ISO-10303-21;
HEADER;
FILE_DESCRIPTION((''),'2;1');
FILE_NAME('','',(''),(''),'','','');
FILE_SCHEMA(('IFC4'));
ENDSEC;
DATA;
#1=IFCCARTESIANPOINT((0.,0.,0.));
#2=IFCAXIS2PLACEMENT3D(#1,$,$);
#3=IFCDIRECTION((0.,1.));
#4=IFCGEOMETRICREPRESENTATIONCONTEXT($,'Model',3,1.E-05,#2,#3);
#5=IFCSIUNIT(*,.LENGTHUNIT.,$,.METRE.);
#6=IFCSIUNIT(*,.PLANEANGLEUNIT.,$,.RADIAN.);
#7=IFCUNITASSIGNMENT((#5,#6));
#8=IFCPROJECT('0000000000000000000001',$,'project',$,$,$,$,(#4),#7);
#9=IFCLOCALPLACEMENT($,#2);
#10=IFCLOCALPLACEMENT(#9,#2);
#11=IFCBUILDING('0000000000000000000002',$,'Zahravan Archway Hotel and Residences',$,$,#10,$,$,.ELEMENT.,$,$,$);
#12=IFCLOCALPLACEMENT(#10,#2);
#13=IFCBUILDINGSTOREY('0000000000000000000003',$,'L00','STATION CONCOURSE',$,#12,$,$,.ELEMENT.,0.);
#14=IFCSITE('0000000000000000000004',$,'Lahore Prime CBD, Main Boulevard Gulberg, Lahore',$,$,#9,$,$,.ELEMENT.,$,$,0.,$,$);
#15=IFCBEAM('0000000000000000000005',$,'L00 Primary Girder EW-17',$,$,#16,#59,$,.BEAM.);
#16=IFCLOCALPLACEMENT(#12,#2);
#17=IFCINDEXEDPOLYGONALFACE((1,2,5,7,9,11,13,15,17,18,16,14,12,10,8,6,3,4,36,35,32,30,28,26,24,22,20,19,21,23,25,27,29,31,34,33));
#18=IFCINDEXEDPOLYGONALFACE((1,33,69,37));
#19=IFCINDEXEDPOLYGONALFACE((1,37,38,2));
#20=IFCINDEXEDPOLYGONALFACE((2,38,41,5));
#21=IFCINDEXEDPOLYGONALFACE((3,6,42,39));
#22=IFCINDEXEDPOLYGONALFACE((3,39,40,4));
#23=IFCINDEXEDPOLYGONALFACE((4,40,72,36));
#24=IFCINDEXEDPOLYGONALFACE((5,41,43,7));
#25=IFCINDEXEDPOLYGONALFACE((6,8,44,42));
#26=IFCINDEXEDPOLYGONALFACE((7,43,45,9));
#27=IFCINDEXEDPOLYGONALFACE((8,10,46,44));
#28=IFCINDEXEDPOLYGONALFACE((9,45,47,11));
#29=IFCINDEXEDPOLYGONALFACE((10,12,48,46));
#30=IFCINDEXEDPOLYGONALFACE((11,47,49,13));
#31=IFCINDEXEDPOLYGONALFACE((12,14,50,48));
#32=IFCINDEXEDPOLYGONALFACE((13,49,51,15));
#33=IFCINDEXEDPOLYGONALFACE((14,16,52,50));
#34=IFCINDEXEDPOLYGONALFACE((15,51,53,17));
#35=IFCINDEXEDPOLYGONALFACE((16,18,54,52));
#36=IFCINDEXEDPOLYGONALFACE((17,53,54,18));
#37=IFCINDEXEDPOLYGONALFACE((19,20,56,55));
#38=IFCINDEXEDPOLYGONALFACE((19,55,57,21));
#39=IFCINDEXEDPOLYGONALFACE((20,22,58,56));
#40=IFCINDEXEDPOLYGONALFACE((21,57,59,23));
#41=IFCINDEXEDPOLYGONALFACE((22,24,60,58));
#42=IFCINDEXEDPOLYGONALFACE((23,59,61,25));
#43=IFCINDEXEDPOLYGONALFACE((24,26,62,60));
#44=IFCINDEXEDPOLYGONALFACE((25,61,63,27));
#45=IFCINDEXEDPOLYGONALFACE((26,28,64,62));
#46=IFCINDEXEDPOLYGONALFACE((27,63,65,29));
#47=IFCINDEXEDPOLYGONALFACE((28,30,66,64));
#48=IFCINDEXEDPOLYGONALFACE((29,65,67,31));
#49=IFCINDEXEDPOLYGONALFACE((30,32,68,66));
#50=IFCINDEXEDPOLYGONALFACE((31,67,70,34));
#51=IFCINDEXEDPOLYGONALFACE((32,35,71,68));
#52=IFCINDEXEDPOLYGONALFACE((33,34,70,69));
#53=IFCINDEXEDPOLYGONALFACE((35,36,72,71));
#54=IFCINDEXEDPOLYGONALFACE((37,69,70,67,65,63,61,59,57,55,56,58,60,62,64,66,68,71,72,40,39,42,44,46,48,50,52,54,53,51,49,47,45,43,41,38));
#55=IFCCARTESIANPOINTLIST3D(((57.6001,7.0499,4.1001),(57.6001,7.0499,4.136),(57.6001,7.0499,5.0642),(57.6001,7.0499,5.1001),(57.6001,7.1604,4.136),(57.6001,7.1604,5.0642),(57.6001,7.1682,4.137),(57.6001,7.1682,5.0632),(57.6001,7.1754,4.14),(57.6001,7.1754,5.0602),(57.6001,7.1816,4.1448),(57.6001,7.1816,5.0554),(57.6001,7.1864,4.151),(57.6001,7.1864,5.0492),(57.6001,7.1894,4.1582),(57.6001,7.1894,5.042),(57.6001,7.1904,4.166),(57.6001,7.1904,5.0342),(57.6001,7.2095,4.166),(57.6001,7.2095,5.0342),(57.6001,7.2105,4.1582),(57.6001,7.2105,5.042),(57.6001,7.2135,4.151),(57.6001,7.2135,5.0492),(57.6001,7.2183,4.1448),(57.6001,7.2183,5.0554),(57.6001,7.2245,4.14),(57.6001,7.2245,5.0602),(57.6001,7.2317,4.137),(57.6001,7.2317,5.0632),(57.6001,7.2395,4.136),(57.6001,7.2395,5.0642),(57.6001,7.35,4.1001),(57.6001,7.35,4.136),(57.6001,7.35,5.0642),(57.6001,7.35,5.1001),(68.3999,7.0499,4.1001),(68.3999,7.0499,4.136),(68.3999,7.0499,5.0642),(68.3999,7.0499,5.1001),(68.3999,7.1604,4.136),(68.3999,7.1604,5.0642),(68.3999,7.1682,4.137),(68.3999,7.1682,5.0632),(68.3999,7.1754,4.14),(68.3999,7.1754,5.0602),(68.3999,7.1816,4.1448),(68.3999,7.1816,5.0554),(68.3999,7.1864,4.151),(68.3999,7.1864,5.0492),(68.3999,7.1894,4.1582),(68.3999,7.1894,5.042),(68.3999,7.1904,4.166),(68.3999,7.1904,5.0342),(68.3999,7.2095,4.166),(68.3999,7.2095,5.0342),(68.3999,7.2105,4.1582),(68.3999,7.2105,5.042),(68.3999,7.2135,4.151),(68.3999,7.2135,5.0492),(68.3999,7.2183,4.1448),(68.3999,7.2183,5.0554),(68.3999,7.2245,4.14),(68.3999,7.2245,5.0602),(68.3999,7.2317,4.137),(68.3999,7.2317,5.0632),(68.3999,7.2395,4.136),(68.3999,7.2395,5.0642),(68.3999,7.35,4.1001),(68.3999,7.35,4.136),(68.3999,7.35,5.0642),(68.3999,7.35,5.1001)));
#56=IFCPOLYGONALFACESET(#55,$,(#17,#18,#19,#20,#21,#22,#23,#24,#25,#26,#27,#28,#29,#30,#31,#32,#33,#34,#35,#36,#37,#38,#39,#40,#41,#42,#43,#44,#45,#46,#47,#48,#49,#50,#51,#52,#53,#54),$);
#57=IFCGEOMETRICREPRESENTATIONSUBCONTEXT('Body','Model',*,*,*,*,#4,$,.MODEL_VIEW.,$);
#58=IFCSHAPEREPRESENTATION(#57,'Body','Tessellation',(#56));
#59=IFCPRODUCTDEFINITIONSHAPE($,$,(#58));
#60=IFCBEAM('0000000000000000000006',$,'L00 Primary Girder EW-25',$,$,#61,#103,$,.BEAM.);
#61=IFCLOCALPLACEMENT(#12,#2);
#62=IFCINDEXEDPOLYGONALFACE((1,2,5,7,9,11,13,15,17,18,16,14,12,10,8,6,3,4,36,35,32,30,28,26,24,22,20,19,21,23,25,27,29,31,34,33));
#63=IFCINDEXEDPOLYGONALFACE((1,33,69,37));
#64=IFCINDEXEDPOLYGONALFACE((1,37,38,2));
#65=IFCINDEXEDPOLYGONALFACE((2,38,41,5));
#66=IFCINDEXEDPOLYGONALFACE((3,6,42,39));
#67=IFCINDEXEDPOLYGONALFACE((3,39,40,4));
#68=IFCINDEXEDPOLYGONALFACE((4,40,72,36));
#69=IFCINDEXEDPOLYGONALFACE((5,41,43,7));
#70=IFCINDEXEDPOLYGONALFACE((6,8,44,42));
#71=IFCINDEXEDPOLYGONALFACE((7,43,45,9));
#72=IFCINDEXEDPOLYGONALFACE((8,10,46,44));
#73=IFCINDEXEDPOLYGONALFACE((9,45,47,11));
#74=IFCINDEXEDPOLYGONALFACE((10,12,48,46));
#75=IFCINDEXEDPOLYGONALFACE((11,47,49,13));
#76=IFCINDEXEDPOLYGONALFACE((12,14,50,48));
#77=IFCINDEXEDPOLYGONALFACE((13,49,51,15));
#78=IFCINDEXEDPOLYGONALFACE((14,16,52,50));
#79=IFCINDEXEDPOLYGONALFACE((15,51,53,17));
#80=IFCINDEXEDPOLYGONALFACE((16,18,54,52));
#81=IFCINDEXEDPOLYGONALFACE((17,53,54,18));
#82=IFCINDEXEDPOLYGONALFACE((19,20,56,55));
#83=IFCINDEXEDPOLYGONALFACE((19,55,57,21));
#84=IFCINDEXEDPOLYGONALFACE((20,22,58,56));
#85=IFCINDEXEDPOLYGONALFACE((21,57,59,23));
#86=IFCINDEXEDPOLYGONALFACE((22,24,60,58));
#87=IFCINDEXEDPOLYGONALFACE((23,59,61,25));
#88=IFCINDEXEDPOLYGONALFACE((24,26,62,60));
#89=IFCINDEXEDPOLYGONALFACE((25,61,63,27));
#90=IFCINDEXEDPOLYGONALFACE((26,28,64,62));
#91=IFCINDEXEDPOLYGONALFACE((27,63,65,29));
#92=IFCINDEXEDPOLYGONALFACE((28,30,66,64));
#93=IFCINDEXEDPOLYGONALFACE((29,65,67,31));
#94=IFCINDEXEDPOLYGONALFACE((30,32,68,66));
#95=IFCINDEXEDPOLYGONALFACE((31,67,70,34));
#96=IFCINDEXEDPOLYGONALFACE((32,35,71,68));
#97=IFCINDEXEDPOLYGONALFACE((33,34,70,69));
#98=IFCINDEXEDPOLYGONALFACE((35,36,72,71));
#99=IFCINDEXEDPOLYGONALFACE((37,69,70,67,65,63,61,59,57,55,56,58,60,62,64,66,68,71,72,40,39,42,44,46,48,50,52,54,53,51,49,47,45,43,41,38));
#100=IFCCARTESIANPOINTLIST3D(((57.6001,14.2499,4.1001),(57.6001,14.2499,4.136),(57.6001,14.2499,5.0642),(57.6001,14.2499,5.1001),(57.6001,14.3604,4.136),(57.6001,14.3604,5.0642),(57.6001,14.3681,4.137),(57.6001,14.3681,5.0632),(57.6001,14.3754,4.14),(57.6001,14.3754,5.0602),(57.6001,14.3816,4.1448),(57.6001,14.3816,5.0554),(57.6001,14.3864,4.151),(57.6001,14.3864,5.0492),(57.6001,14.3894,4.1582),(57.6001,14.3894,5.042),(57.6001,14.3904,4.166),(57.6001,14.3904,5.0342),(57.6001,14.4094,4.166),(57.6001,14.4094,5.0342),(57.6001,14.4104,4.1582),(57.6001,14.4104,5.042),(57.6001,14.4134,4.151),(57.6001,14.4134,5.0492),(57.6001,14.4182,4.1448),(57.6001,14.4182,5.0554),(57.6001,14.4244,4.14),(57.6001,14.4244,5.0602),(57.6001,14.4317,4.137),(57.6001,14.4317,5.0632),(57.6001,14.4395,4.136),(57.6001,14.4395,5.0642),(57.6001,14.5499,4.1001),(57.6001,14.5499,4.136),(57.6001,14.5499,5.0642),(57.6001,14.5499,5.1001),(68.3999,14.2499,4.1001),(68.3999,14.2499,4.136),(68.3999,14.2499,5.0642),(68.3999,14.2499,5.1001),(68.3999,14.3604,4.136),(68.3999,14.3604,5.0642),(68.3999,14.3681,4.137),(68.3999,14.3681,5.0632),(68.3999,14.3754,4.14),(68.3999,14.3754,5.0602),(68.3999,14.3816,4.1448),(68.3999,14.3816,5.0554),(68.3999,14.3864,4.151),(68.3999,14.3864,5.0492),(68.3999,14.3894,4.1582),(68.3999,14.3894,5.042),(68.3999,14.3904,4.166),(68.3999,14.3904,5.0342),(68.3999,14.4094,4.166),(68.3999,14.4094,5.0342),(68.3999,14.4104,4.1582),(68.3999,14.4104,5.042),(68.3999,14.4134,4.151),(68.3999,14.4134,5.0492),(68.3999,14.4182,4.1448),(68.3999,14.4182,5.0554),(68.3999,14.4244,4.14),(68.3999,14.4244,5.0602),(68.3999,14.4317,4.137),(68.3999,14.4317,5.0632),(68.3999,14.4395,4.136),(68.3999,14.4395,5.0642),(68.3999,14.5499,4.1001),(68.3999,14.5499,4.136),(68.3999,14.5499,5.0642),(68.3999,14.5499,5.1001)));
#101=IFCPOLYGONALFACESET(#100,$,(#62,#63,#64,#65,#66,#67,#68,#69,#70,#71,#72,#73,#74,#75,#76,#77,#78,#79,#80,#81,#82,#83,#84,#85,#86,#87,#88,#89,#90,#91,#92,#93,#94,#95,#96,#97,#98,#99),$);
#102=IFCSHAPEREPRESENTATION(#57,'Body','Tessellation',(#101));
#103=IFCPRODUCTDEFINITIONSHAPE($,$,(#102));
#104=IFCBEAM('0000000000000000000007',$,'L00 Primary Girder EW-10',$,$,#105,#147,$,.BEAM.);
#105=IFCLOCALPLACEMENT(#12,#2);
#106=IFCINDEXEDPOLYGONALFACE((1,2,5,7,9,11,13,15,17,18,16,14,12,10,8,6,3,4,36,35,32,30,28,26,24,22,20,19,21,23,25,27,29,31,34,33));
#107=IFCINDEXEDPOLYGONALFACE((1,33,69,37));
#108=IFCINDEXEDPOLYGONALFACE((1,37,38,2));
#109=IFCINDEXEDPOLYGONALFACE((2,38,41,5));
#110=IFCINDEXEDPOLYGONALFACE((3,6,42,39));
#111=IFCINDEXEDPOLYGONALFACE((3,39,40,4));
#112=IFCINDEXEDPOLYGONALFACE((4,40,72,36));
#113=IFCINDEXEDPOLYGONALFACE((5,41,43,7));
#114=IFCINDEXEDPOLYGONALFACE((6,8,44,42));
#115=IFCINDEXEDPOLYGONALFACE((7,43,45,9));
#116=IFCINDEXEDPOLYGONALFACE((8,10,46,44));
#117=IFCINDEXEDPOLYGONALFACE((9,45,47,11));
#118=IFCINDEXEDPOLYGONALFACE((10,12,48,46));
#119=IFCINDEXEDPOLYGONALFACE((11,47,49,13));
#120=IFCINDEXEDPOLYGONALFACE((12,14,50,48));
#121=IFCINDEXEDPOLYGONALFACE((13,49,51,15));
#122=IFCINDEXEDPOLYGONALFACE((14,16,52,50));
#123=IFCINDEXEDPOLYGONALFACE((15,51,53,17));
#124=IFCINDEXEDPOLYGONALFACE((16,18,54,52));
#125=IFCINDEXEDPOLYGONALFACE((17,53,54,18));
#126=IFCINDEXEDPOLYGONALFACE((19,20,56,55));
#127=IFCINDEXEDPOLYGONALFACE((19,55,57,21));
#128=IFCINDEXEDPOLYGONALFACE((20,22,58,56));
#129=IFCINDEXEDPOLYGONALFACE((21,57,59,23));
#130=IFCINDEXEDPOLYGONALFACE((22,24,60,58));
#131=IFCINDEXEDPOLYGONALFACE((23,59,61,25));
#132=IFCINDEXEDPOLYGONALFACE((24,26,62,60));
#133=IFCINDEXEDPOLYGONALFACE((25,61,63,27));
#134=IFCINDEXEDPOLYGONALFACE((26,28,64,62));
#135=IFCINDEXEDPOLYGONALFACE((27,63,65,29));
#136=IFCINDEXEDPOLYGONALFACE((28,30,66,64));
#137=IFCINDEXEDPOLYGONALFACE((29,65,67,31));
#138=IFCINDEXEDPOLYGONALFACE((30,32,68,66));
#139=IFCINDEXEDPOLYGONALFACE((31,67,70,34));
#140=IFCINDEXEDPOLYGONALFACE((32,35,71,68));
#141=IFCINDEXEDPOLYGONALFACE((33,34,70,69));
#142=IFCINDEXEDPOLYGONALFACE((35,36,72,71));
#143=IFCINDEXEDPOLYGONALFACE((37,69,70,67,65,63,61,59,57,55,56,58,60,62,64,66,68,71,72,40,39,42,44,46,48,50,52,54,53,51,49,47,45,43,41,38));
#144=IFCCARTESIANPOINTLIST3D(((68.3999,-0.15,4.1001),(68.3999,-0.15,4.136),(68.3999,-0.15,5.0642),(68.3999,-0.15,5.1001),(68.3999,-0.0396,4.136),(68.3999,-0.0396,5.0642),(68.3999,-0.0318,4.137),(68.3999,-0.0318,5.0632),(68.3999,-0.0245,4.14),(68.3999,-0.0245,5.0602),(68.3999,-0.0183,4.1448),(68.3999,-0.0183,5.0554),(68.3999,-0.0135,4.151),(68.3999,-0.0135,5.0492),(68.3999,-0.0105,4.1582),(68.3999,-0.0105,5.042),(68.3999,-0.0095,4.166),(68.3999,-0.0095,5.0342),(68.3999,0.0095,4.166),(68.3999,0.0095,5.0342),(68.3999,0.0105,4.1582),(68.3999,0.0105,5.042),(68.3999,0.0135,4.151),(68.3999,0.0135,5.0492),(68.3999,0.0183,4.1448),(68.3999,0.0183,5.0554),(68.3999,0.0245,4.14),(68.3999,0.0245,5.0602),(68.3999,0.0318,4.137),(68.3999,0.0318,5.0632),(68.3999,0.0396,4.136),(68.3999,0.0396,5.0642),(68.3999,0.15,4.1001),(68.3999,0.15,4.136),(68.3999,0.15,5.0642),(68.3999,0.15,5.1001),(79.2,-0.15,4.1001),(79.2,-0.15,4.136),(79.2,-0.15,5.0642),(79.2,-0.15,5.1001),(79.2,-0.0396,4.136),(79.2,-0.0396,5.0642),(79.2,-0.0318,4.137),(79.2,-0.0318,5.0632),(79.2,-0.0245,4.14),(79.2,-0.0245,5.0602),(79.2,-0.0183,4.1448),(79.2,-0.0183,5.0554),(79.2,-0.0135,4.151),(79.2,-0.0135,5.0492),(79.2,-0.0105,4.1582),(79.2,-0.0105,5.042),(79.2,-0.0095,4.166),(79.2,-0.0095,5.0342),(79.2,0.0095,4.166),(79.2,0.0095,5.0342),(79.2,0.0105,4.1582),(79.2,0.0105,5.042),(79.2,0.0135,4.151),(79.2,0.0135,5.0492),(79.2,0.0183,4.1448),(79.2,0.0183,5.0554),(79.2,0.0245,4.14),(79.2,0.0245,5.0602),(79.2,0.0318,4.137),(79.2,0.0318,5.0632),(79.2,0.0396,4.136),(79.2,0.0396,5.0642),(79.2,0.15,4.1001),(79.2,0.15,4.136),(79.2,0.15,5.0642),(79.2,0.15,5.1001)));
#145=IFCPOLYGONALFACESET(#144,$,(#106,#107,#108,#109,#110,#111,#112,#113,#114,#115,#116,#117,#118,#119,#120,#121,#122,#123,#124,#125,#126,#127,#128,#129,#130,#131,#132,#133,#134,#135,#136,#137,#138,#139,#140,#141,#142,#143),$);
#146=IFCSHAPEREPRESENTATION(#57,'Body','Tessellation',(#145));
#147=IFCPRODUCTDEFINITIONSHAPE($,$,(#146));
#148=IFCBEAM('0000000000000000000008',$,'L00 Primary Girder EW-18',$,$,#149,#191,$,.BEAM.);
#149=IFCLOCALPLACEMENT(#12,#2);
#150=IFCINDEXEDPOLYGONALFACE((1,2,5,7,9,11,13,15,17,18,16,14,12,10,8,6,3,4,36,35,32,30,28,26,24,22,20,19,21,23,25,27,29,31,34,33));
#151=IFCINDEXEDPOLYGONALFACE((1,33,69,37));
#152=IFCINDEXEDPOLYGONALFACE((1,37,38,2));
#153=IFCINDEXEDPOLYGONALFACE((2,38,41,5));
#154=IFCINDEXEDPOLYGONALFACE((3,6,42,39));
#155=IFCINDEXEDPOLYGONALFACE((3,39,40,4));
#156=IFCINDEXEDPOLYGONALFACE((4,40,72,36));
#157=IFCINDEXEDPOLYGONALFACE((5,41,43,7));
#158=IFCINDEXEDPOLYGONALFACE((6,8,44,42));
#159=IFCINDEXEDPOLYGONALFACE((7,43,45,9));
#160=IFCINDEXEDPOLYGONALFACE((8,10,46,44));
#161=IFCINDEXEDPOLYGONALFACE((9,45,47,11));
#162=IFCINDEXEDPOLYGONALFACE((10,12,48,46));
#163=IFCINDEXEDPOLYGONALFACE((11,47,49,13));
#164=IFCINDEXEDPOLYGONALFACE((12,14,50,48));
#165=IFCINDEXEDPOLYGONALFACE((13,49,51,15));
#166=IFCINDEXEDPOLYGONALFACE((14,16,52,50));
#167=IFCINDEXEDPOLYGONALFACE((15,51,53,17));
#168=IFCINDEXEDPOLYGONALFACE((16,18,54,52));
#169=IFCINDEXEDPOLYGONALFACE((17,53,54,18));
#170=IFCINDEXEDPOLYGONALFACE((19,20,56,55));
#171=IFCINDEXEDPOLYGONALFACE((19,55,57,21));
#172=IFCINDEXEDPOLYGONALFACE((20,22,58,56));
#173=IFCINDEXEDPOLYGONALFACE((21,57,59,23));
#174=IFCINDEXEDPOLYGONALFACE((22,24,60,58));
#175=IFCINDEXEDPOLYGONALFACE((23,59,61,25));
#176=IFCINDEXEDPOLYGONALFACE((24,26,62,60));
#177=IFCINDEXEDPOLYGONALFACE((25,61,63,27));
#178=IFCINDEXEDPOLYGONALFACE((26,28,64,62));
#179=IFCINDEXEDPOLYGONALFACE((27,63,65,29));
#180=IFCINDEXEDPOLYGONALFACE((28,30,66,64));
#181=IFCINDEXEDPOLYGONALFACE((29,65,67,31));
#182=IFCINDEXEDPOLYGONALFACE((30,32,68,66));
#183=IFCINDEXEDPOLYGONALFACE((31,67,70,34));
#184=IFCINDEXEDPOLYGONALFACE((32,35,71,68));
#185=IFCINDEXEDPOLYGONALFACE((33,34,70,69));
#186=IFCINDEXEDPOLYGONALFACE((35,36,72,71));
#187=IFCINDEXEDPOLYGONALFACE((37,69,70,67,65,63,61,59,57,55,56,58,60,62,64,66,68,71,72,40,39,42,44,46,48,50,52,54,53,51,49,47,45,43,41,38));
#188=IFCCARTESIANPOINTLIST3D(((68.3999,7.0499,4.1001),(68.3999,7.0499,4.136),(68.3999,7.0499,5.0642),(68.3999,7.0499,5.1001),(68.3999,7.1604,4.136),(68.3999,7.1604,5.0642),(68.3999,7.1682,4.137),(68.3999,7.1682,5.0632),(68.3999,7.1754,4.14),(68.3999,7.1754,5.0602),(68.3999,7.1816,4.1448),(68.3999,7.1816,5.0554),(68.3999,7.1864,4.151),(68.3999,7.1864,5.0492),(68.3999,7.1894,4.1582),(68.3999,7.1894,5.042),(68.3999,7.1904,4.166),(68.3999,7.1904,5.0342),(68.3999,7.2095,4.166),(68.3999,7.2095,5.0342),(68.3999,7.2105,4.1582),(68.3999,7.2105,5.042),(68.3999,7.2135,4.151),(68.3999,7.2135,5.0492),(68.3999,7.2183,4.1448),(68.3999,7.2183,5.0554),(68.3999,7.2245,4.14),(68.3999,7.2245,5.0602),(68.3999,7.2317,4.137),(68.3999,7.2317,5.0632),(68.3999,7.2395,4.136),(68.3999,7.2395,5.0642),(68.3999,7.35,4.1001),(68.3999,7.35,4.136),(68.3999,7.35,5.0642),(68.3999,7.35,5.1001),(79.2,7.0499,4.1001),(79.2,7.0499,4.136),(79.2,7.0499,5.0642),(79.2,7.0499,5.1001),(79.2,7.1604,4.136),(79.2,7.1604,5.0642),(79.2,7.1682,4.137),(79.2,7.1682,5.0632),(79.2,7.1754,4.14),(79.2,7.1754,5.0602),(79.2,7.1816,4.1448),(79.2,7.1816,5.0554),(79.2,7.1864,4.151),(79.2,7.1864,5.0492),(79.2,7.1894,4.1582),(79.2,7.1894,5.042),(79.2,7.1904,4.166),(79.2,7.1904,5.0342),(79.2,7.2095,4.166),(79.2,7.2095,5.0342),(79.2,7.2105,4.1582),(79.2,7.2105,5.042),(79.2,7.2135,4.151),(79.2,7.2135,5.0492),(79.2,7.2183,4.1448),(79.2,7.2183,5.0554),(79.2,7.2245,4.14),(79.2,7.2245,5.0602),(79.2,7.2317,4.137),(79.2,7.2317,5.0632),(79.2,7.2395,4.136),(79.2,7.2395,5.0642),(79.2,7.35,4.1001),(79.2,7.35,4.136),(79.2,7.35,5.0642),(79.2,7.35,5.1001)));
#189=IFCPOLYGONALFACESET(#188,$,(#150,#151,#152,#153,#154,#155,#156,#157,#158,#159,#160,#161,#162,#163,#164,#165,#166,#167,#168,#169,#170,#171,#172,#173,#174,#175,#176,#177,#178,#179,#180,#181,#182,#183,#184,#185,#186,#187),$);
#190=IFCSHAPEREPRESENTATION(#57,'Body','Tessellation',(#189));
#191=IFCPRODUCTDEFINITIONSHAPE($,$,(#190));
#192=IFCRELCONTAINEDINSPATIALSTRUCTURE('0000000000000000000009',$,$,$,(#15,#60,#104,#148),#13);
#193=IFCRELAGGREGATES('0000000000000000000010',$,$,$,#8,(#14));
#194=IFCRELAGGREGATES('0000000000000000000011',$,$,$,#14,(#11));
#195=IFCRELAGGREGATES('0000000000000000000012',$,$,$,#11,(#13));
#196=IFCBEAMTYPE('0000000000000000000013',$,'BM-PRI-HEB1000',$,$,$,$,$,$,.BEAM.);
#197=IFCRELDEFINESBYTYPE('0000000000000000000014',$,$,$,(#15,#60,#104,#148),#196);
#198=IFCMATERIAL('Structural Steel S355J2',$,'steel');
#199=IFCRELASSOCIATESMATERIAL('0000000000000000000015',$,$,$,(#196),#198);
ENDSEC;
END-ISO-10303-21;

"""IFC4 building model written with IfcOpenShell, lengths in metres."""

from ifc_helpers import new_model, si_unit, direction, frame, origin, origin_2d, place, context, subcontext, project, spatial, i_section, extrude, source, transform, mapped, material, material_profile, profile_set, type_object, element, save


model = new_model("IFC4")

# Units and contexts
model_context = context("Model", 3, precision=1e-05, world=origin(), true_north=direction((0.0, 1.0)))
body_context = subcontext(model_context, "Body", "Model", "MODEL_VIEW")
ifc_project = project(units=[si_unit("LENGTHUNIT", "METRE"), si_unit("PLANEANGLEUNIT", "RADIAN")], contexts=[model_context])

# Site, building, storey
site_placement = place(None, origin())
site = spatial("IfcSite", under=ifc_project, at=site_placement, Name="Lahore Prime CBD, Main Boulevard Gulberg, Lahore", CompositionType="ELEMENT", RefElevation=0.0)
building_placement = place(site_placement, origin())
building = spatial("IfcBuilding", under=site, at=building_placement, Name="Zahravan Archway Hotel and Residences", CompositionType="ELEMENT")
storey_placement = place(building_placement, origin())
storey = spatial("IfcBuildingStorey", under=building, at=storey_placement, Name="L00", Description="STATION CONCOURSE", CompositionType="ELEMENT", Elevation=0.0)

# Beams
ifc_material_1 = material(Name="Structural Steel S355J2", Category="steel")
ifc_material_profile_1 = material_profile(ifc_material_1, i_section(OverallWidth=0.3, OverallDepth=1.0, WebThickness=0.019, FlangeThickness=0.0359, FilletRadius=0.03, at=origin_2d()), Name="HEB 1000", Category="steel")
ifc_profile_set_1 = profile_set([ifc_material_profile_1], Name="Structural Steel S355J2")
beam_type_1 = type_object("IfcBeamType", Name="BM-PRI-HEB1000", PredefinedType="BEAM", material=ifc_profile_set_1)
shared_shape_1 = source(origin(), body_context, "Body", "SweptSolid", [
    extrude(i_section(OverallWidth=0.3, OverallDepth=1.0, WebThickness=0.019, FlangeThickness=0.0359, FilletRadius=0.03, at=origin_2d()), origin(), (0.0, 0.0, 1.0), 10.7998),
])
for number, where, z_axis, x_axis, name in (
    (1, (57.6001, 7.2, 4.6001), (1.0, 0.0, 0.0), (0.0, 1.0, 0.0), "L00 Primary Girder EW-17"),
    (2, (57.6001, 14.3999, 4.6001), (1.0, 0.0, 0.0), (0.0, 1.0, 0.0), "L00 Primary Girder EW-25"),
):
    element("IfcBeam", number, at=place(storey_placement, frame(where, z_axis=z_axis, x_axis=x_axis)), inside=storey, type_object=beam_type_1, Name=name, PredefinedType="BEAM", context=body_context, shape_type="MappedRepresentation", body=[
        mapped(shared_shape_1, transform((0.0, 0.0, 0.0), scale=1.0)),
    ])
shared_shape_2 = source(origin(), body_context, "Body", "SweptSolid", [
    extrude(i_section(OverallWidth=0.3, OverallDepth=1.0, WebThickness=0.019, FlangeThickness=0.0359, FilletRadius=0.03, at=origin_2d()), origin(), (0.0, 0.0, 1.0), 10.8),
])
for number, where, z_axis, x_axis, name in (
    (3, (68.3999, 0.0, 4.6001), (1.0, 0.0, 0.0), (0.0, 1.0, 0.0), "L00 Primary Girder EW-10"),
    (4, (68.3999, 7.2, 4.6001), (1.0, 0.0, 0.0), (0.0, 1.0, 0.0), "L00 Primary Girder EW-18"),
):
    element("IfcBeam", number, at=place(storey_placement, frame(where, z_axis=z_axis, x_axis=x_axis)), inside=storey, type_object=beam_type_1, Name=name, PredefinedType="BEAM", context=body_context, shape_type="MappedRepresentation", body=[
        mapped(shared_shape_2, transform((0.0, 0.0, 0.0), scale=1.0)),
    ])

save(model, "model.ifc")
